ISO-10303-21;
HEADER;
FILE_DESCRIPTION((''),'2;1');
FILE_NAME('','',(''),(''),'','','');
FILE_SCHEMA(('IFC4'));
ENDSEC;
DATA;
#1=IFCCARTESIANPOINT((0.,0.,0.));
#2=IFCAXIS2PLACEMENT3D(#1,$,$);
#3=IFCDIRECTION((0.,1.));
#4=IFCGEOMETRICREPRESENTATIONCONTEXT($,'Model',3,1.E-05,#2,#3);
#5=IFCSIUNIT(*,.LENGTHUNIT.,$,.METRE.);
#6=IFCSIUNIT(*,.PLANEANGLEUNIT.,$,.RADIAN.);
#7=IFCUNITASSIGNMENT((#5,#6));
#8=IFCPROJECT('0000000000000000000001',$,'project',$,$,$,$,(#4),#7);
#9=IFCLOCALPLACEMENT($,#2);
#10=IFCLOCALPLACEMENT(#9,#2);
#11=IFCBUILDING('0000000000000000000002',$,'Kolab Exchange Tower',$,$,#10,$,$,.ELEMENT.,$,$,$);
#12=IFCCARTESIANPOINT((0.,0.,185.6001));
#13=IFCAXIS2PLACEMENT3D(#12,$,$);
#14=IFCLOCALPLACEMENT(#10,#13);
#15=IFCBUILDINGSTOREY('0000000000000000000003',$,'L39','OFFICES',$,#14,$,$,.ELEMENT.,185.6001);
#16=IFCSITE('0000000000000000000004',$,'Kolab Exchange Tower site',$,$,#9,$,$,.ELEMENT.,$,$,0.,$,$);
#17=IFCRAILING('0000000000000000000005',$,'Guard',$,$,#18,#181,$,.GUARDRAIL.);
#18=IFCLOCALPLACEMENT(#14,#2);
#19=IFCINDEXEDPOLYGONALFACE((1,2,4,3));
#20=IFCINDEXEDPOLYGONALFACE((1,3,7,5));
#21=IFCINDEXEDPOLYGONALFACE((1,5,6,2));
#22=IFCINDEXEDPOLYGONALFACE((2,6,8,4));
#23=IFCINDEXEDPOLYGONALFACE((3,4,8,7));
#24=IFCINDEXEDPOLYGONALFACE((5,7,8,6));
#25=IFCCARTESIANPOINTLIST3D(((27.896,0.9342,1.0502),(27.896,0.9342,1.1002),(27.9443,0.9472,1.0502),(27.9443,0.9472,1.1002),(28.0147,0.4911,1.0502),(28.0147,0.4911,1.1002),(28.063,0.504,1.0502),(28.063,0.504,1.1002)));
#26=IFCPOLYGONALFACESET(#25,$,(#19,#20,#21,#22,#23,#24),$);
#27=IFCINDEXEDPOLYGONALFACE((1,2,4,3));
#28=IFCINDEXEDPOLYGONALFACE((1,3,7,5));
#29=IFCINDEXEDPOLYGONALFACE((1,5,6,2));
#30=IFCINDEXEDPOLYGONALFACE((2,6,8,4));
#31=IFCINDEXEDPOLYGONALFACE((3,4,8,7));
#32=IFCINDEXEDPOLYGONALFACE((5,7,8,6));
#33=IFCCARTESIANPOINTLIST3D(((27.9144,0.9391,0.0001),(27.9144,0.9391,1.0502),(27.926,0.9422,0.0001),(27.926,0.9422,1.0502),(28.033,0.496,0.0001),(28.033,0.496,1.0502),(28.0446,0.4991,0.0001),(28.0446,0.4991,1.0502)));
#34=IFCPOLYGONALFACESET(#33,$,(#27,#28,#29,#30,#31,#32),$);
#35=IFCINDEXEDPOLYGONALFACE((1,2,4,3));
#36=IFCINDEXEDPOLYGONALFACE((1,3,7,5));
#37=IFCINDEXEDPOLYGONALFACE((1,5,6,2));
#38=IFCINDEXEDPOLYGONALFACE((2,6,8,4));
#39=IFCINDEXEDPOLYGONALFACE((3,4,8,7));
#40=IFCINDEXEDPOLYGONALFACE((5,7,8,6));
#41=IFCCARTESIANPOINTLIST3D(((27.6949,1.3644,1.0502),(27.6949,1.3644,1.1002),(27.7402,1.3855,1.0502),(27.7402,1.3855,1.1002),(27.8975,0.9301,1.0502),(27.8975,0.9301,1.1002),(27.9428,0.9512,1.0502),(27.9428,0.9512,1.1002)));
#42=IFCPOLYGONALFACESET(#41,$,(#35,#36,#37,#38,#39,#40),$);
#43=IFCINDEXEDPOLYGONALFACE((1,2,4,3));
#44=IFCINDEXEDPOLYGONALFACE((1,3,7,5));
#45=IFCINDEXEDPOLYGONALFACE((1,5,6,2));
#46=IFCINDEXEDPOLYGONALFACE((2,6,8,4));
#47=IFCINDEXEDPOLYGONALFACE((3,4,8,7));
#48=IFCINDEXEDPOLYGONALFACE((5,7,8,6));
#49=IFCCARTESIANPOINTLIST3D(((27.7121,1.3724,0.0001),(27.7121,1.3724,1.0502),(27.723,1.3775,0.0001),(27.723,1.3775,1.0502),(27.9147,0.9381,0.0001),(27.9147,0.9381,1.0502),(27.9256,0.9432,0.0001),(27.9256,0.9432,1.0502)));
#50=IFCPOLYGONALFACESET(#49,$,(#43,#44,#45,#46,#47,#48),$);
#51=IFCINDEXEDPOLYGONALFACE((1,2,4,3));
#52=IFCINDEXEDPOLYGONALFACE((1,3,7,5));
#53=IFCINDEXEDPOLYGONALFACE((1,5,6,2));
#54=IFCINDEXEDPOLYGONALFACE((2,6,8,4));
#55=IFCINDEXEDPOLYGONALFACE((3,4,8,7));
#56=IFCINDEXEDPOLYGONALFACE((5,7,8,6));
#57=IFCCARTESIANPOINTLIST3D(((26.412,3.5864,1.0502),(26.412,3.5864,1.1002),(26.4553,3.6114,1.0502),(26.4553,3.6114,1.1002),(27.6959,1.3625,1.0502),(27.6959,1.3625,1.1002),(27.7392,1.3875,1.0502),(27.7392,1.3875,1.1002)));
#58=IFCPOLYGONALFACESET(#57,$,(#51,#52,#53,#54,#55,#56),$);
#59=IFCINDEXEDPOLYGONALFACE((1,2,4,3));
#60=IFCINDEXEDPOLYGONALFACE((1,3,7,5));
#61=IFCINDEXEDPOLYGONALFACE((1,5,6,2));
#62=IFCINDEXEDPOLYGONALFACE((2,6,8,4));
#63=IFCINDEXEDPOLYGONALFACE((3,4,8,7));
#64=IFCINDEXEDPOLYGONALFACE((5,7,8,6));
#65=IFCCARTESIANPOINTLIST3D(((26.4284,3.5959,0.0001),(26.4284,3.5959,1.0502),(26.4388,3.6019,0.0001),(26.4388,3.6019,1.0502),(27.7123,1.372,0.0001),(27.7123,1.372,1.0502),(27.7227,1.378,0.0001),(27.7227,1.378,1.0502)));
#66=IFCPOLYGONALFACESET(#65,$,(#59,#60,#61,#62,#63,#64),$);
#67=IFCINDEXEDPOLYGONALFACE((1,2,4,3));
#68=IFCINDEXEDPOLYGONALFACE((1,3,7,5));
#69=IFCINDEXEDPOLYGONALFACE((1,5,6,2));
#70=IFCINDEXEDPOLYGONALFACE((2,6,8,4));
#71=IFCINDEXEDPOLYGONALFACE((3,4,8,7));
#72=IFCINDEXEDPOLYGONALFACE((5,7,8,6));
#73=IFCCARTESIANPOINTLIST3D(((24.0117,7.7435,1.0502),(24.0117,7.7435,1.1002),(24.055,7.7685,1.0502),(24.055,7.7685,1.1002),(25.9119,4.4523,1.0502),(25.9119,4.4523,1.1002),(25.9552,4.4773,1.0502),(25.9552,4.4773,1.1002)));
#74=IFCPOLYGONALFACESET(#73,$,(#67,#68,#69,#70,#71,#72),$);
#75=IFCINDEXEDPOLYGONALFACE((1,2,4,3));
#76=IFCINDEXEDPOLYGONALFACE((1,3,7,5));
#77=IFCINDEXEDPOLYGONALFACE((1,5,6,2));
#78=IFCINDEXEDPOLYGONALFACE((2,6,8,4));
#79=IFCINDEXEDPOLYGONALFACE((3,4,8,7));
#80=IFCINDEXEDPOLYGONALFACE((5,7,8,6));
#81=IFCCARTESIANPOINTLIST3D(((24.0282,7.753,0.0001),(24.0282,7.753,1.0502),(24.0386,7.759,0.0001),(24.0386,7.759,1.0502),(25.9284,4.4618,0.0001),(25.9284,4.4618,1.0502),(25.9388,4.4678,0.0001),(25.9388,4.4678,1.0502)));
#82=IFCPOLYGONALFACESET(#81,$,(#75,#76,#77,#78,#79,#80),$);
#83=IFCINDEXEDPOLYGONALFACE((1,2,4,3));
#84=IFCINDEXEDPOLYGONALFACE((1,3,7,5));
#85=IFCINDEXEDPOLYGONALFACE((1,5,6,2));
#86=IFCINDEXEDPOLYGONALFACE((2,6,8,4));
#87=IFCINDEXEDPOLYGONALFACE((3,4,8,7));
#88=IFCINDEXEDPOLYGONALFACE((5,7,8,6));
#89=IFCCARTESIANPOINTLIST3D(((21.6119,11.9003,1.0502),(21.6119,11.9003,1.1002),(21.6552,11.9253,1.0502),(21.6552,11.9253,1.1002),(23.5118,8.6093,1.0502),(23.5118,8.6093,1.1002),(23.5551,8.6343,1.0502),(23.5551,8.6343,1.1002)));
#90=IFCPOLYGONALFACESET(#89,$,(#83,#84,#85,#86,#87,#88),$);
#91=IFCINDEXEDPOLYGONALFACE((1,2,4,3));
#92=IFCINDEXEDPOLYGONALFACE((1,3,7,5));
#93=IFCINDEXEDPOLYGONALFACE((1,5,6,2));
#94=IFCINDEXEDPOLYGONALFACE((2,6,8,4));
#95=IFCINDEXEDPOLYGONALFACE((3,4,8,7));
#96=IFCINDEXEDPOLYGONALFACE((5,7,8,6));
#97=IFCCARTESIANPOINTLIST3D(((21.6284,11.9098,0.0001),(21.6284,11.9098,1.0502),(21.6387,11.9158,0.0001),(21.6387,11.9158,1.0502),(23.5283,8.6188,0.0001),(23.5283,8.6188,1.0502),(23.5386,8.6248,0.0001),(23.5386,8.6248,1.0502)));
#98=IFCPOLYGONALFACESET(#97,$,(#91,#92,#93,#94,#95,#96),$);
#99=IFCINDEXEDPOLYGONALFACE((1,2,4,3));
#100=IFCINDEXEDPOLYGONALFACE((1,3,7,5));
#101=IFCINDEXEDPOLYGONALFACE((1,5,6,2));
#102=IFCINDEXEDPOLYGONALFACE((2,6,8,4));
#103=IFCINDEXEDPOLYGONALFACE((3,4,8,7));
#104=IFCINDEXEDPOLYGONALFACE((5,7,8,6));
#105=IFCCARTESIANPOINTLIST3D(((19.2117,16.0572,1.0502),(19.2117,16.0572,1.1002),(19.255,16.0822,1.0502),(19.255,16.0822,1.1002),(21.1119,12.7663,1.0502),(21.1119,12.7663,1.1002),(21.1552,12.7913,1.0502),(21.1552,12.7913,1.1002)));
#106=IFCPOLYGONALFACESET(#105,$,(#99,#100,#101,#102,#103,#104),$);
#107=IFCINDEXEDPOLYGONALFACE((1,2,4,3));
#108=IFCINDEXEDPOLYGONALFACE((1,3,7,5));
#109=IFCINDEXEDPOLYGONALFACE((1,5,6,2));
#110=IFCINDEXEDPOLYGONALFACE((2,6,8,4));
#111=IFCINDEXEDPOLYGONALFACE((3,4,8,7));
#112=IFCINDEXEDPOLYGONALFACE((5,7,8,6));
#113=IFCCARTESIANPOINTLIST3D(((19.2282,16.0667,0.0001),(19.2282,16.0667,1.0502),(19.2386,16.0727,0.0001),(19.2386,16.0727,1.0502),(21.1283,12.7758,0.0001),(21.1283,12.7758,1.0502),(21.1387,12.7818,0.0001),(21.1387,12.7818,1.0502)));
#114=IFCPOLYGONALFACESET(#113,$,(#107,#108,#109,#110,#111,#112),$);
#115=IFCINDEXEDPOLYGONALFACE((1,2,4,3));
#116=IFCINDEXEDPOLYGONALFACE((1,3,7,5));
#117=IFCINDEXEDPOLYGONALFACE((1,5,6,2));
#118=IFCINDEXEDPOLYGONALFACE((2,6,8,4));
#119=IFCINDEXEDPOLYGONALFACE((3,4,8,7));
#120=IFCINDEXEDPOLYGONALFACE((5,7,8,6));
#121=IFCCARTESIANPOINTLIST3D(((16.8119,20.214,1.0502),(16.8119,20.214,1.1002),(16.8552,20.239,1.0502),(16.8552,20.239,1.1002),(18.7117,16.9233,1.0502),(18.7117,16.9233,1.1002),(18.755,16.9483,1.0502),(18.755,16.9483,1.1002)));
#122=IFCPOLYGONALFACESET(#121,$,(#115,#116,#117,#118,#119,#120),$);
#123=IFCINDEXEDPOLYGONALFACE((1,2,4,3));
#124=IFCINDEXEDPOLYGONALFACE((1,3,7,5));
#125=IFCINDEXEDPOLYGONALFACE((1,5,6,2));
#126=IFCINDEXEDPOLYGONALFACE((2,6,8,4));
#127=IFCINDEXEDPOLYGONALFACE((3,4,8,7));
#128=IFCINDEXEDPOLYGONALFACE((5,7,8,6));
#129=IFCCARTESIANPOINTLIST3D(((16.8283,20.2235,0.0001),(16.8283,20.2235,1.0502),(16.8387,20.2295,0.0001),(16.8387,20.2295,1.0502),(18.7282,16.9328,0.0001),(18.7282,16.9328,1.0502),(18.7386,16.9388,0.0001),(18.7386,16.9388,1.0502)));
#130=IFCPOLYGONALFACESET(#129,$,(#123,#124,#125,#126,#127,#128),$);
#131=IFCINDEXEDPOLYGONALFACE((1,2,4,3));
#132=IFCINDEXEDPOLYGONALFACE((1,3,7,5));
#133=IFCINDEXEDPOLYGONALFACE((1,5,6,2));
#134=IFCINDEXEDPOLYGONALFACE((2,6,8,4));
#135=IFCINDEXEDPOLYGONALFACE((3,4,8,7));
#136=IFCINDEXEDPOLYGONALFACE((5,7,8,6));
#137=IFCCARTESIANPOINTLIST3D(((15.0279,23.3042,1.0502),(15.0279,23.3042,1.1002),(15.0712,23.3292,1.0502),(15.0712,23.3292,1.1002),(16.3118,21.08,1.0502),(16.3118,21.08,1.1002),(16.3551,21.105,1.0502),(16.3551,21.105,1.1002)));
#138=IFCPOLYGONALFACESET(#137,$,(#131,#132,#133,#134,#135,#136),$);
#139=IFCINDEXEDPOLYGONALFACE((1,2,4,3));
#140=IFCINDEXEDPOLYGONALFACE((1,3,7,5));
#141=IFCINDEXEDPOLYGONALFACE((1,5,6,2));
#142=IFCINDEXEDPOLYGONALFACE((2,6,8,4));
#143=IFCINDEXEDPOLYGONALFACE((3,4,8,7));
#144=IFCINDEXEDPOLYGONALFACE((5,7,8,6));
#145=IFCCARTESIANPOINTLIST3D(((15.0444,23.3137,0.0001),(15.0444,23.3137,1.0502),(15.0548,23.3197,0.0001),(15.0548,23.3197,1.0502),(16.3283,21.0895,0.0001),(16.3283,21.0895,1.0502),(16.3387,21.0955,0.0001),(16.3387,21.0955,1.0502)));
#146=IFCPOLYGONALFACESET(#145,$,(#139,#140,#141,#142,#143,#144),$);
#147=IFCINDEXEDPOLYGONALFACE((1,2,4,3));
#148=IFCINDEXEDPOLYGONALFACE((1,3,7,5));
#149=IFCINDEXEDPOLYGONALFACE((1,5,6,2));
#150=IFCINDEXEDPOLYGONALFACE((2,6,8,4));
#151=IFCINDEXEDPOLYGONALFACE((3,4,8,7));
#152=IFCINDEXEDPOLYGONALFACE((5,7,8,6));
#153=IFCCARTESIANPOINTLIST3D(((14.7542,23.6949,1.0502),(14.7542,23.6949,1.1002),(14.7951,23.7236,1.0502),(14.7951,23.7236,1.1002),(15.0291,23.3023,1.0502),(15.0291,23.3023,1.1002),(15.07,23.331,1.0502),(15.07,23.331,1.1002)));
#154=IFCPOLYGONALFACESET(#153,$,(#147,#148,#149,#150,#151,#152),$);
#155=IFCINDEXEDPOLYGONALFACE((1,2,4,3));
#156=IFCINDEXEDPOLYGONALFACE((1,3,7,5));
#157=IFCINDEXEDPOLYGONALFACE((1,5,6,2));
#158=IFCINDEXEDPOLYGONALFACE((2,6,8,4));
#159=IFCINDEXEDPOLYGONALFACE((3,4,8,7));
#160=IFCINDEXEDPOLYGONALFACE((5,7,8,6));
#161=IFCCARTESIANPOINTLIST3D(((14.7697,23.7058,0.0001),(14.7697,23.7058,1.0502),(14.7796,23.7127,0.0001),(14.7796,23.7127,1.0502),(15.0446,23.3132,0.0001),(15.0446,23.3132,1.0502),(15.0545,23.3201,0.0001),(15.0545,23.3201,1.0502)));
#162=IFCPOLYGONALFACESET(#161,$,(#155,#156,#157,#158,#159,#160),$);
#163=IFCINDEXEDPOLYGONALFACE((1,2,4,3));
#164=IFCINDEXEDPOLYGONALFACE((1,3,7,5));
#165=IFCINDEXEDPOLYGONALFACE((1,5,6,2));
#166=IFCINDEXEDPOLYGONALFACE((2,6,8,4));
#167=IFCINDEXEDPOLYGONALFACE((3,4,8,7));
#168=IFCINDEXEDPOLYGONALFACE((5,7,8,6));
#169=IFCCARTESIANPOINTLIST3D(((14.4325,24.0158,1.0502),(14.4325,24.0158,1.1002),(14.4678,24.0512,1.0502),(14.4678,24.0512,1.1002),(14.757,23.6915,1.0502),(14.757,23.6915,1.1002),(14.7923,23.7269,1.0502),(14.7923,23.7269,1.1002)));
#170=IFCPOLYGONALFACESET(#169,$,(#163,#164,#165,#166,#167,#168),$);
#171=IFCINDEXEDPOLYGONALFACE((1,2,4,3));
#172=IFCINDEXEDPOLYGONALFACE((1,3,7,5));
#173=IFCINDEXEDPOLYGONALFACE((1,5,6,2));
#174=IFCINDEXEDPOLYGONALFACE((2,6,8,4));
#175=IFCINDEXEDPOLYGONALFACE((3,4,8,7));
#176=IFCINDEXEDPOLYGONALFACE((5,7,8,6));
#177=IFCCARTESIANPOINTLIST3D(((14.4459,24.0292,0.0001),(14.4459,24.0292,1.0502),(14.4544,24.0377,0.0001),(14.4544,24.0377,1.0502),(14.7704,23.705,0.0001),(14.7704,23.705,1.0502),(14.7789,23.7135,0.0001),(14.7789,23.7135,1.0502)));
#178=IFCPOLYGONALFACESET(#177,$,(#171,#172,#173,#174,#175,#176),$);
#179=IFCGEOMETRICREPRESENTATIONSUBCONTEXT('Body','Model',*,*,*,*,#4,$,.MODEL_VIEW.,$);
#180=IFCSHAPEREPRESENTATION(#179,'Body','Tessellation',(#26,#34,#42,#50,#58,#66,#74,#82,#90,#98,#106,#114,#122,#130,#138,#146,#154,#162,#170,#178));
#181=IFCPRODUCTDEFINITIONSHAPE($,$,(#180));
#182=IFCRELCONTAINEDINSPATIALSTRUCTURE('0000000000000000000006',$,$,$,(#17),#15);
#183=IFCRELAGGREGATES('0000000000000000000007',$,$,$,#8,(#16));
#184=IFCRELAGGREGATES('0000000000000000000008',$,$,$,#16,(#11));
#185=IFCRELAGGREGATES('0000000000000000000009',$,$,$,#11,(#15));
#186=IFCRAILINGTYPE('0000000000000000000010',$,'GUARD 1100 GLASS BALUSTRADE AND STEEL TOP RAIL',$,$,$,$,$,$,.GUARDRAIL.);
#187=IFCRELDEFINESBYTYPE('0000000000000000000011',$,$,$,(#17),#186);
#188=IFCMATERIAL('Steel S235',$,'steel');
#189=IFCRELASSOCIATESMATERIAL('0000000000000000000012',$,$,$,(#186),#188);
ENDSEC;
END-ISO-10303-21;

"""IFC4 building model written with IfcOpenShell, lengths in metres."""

from ifc_helpers import new_model, si_unit, direction, frame, frame_2d, origin, origin_2d, place, context, subcontext, project, spatial, rectangle, extrude, material, type_object, element, save


model = new_model("IFC4")

# Units and contexts
model_context = context("Model", 3, precision=1e-05, world=origin(), true_north=direction((0.0, 1.0)))
body_context = subcontext(model_context, "Body", "Model", "MODEL_VIEW")
ifc_project = project(units=[si_unit("LENGTHUNIT", "METRE"), si_unit("PLANEANGLEUNIT", "RADIAN")], contexts=[model_context])

# Site, building, storey
site_placement = place(None, origin())
site = spatial("IfcSite", under=ifc_project, at=site_placement, Name="Kolab Exchange Tower site", CompositionType="ELEMENT", RefElevation=0.0)
building_placement = place(site_placement, origin())
building = spatial("IfcBuilding", under=site, at=building_placement, Name="Kolab Exchange Tower", CompositionType="ELEMENT")
storey_placement = place(building_placement, frame((0.0, 0.0, 185.6001)))
storey = spatial("IfcBuildingStorey", under=building, at=storey_placement, Name="L39", Description="OFFICES", CompositionType="ELEMENT", Elevation=185.6001)

# Railing
ifc_material_1 = material(Name="Steel S235", Category="steel")
railing_type = type_object("IfcRailingType", Name="GUARD 1100 GLASS BALUSTRADE AND STEEL TOP RAIL", PredefinedType="GUARDRAIL", material=ifc_material_1)
railing_placement = place(storey_placement, frame((28.0388, 0.4976, 0.0)))
element("IfcRailing", 1, at=railing_placement, inside=storey, type_object=railing_type, Name="Guard", PredefinedType="GUARDRAIL", context=body_context, shape_type="SweptSolid", body=[
    extrude(rectangle(XDim=0.05, YDim=0.05, at=origin_2d()), frame((0.0, 0.0, 1.0752), z_axis=(-0.258656, 0.965969, 0.0), x_axis=(-0.965969, -0.258656, 0.0)), (0.0, 0.0, 1.0), 0.4587),
    extrude(rectangle(XDim=0.012, YDim=1.0501, at=frame_2d((0.0, 0.5251))), frame((0.0, 0.0, 0.0), z_axis=(-0.258656, 0.965969, 0.0), x_axis=(-0.965969, -0.258656, 0.0)), (0.0, 0.0, 1.0), 0.4587),
    extrude(rectangle(XDim=0.05, YDim=0.05, at=origin_2d()), frame((-0.1187, 0.4431, 1.0752), z_axis=(-0.422802, 0.906222, 0.0), x_axis=(-0.906222, -0.422802, 0.0)), (0.0, 0.0, 1.0), 0.4792),
    extrude(rectangle(XDim=0.012, YDim=1.0501, at=frame_2d((0.0, 0.5251))), frame((-0.1187, 0.4431, 0.0), z_axis=(-0.422802, 0.906222, 0.0), x_axis=(-0.906222, -0.422802, 0.0)), (0.0, 0.0, 1.0), 0.4792),
    extrude(rectangle(XDim=0.05, YDim=0.05, at=origin_2d()), frame((-0.3213, 0.8774, 1.0752), z_axis=(-0.499994, 0.866029, 0.0), x_axis=(-0.866029, -0.499994, 0.0)), (0.0, 0.0, 1.0), 2.5679),
    extrude(rectangle(XDim=0.012, YDim=1.0501, at=frame_2d((0.0, 0.5251))), frame((-0.3213, 0.8774, 0.0), z_axis=(-0.499994, 0.866029, 0.0), x_axis=(-0.866029, -0.499994, 0.0)), (0.0, 0.0, 1.0), 2.5679),
    extrude(rectangle(XDim=0.05, YDim=0.05, at=origin_2d()), frame((-2.1052, 3.9673, 1.0752), z_axis=(-0.500015, 0.866017, 0.0), x_axis=(-0.866017, -0.500015, 0.0)), (0.0, 0.0, 1.0), 3.8003),
    extrude(rectangle(XDim=0.012, YDim=1.0501, at=frame_2d((0.0, 0.5251))), frame((-2.1052, 3.9673, 0.0), z_axis=(-0.500015, 0.866017, 0.0), x_axis=(-0.866017, -0.500015, 0.0)), (0.0, 0.0, 1.0), 3.8003),
    extrude(rectangle(XDim=0.05, YDim=0.05, at=origin_2d()), frame((-4.5054, 8.1243, 1.0752), z_axis=(-0.499967, 0.866044, 0.0), x_axis=(-0.866044, -0.499967, 0.0)), (0.0, 0.0, 1.0), 3.8),
    extrude(rectangle(XDim=0.012, YDim=1.0501, at=frame_2d((0.0, 0.5251))), frame((-4.5054, 8.1243, 0.0), z_axis=(-0.499967, 0.866044, 0.0), x_axis=(-0.866044, -0.499967, 0.0)), (0.0, 0.0, 1.0), 3.8),
    extrude(rectangle(XDim=0.05, YDim=0.05, at=origin_2d()), frame((-6.9053, 12.2812, 1.0752), z_axis=(-0.500043, 0.866, 0.0), x_axis=(-0.866, -0.500043, 0.0)), (0.0, 0.0, 1.0), 3.8),
    extrude(rectangle(XDim=0.012, YDim=1.0501, at=frame_2d((0.0, 0.5251))), frame((-6.9053, 12.2812, 0.0), z_axis=(-0.500043, 0.866, 0.0), x_axis=(-0.866, -0.500043, 0.0)), (0.0, 0.0, 1.0), 3.8),
    extrude(rectangle(XDim=0.05, YDim=0.05, at=origin_2d()), frame((-9.3054, 16.4382, 1.0752), z_axis=(-0.499995, 0.866028, 0.0), x_axis=(-0.866028, -0.499995, 0.0)), (0.0, 0.0, 1.0), 3.7998),
    extrude(rectangle(XDim=0.012, YDim=1.0501, at=frame_2d((0.0, 0.5251))), frame((-9.3054, 16.4382, 0.0), z_axis=(-0.499995, 0.866028, 0.0), x_axis=(-0.866028, -0.499995, 0.0)), (0.0, 0.0, 1.0), 3.7998),
    extrude(rectangle(XDim=0.05, YDim=0.05, at=origin_2d()), frame((-11.7053, 20.595, 1.0752), z_axis=(-0.499953, 0.866053, 0.0), x_axis=(-0.866053, -0.499953, 0.0)), (0.0, 0.0, 1.0), 2.5681),
    extrude(rectangle(XDim=0.012, YDim=1.0501, at=frame_2d((0.0, 0.5251))), frame((-11.7053, 20.595, 0.0), z_axis=(-0.499953, 0.866053, 0.0), x_axis=(-0.866053, -0.499953, 0.0)), (0.0, 0.0, 1.0), 2.5681),
    extrude(rectangle(XDim=0.05, YDim=0.05, at=origin_2d()), frame((-12.9893, 22.8191, 1.0752), z_axis=(-0.573599, 0.819136, 0.0), x_axis=(-0.819136, -0.573599, 0.0)), (0.0, 0.0, 1.0), 0.4792),
    extrude(rectangle(XDim=0.012, YDim=1.0501, at=frame_2d((0.0, 0.5251))), frame((-12.9893, 22.8191, 0.0), z_axis=(-0.573599, 0.819136, 0.0), x_axis=(-0.819136, -0.573599, 0.0)), (0.0, 0.0, 1.0), 0.4792),
    extrude(rectangle(XDim=0.05, YDim=0.05, at=origin_2d()), frame((-13.2642, 23.2117, 1.0752), z_axis=(-0.707373, 0.706841, 0.0), x_axis=(-0.706841, -0.707373, 0.0)), (0.0, 0.0, 1.0), 0.4587),
    extrude(rectangle(XDim=0.012, YDim=1.0501, at=frame_2d((0.0, 0.5251))), frame((-13.2642, 23.2117, 0.0), z_axis=(-0.707373, 0.706841, 0.0), x_axis=(-0.706841, -0.707373, 0.0)), (0.0, 0.0, 1.0), 0.4587),
])

save(model, "model.ifc")
